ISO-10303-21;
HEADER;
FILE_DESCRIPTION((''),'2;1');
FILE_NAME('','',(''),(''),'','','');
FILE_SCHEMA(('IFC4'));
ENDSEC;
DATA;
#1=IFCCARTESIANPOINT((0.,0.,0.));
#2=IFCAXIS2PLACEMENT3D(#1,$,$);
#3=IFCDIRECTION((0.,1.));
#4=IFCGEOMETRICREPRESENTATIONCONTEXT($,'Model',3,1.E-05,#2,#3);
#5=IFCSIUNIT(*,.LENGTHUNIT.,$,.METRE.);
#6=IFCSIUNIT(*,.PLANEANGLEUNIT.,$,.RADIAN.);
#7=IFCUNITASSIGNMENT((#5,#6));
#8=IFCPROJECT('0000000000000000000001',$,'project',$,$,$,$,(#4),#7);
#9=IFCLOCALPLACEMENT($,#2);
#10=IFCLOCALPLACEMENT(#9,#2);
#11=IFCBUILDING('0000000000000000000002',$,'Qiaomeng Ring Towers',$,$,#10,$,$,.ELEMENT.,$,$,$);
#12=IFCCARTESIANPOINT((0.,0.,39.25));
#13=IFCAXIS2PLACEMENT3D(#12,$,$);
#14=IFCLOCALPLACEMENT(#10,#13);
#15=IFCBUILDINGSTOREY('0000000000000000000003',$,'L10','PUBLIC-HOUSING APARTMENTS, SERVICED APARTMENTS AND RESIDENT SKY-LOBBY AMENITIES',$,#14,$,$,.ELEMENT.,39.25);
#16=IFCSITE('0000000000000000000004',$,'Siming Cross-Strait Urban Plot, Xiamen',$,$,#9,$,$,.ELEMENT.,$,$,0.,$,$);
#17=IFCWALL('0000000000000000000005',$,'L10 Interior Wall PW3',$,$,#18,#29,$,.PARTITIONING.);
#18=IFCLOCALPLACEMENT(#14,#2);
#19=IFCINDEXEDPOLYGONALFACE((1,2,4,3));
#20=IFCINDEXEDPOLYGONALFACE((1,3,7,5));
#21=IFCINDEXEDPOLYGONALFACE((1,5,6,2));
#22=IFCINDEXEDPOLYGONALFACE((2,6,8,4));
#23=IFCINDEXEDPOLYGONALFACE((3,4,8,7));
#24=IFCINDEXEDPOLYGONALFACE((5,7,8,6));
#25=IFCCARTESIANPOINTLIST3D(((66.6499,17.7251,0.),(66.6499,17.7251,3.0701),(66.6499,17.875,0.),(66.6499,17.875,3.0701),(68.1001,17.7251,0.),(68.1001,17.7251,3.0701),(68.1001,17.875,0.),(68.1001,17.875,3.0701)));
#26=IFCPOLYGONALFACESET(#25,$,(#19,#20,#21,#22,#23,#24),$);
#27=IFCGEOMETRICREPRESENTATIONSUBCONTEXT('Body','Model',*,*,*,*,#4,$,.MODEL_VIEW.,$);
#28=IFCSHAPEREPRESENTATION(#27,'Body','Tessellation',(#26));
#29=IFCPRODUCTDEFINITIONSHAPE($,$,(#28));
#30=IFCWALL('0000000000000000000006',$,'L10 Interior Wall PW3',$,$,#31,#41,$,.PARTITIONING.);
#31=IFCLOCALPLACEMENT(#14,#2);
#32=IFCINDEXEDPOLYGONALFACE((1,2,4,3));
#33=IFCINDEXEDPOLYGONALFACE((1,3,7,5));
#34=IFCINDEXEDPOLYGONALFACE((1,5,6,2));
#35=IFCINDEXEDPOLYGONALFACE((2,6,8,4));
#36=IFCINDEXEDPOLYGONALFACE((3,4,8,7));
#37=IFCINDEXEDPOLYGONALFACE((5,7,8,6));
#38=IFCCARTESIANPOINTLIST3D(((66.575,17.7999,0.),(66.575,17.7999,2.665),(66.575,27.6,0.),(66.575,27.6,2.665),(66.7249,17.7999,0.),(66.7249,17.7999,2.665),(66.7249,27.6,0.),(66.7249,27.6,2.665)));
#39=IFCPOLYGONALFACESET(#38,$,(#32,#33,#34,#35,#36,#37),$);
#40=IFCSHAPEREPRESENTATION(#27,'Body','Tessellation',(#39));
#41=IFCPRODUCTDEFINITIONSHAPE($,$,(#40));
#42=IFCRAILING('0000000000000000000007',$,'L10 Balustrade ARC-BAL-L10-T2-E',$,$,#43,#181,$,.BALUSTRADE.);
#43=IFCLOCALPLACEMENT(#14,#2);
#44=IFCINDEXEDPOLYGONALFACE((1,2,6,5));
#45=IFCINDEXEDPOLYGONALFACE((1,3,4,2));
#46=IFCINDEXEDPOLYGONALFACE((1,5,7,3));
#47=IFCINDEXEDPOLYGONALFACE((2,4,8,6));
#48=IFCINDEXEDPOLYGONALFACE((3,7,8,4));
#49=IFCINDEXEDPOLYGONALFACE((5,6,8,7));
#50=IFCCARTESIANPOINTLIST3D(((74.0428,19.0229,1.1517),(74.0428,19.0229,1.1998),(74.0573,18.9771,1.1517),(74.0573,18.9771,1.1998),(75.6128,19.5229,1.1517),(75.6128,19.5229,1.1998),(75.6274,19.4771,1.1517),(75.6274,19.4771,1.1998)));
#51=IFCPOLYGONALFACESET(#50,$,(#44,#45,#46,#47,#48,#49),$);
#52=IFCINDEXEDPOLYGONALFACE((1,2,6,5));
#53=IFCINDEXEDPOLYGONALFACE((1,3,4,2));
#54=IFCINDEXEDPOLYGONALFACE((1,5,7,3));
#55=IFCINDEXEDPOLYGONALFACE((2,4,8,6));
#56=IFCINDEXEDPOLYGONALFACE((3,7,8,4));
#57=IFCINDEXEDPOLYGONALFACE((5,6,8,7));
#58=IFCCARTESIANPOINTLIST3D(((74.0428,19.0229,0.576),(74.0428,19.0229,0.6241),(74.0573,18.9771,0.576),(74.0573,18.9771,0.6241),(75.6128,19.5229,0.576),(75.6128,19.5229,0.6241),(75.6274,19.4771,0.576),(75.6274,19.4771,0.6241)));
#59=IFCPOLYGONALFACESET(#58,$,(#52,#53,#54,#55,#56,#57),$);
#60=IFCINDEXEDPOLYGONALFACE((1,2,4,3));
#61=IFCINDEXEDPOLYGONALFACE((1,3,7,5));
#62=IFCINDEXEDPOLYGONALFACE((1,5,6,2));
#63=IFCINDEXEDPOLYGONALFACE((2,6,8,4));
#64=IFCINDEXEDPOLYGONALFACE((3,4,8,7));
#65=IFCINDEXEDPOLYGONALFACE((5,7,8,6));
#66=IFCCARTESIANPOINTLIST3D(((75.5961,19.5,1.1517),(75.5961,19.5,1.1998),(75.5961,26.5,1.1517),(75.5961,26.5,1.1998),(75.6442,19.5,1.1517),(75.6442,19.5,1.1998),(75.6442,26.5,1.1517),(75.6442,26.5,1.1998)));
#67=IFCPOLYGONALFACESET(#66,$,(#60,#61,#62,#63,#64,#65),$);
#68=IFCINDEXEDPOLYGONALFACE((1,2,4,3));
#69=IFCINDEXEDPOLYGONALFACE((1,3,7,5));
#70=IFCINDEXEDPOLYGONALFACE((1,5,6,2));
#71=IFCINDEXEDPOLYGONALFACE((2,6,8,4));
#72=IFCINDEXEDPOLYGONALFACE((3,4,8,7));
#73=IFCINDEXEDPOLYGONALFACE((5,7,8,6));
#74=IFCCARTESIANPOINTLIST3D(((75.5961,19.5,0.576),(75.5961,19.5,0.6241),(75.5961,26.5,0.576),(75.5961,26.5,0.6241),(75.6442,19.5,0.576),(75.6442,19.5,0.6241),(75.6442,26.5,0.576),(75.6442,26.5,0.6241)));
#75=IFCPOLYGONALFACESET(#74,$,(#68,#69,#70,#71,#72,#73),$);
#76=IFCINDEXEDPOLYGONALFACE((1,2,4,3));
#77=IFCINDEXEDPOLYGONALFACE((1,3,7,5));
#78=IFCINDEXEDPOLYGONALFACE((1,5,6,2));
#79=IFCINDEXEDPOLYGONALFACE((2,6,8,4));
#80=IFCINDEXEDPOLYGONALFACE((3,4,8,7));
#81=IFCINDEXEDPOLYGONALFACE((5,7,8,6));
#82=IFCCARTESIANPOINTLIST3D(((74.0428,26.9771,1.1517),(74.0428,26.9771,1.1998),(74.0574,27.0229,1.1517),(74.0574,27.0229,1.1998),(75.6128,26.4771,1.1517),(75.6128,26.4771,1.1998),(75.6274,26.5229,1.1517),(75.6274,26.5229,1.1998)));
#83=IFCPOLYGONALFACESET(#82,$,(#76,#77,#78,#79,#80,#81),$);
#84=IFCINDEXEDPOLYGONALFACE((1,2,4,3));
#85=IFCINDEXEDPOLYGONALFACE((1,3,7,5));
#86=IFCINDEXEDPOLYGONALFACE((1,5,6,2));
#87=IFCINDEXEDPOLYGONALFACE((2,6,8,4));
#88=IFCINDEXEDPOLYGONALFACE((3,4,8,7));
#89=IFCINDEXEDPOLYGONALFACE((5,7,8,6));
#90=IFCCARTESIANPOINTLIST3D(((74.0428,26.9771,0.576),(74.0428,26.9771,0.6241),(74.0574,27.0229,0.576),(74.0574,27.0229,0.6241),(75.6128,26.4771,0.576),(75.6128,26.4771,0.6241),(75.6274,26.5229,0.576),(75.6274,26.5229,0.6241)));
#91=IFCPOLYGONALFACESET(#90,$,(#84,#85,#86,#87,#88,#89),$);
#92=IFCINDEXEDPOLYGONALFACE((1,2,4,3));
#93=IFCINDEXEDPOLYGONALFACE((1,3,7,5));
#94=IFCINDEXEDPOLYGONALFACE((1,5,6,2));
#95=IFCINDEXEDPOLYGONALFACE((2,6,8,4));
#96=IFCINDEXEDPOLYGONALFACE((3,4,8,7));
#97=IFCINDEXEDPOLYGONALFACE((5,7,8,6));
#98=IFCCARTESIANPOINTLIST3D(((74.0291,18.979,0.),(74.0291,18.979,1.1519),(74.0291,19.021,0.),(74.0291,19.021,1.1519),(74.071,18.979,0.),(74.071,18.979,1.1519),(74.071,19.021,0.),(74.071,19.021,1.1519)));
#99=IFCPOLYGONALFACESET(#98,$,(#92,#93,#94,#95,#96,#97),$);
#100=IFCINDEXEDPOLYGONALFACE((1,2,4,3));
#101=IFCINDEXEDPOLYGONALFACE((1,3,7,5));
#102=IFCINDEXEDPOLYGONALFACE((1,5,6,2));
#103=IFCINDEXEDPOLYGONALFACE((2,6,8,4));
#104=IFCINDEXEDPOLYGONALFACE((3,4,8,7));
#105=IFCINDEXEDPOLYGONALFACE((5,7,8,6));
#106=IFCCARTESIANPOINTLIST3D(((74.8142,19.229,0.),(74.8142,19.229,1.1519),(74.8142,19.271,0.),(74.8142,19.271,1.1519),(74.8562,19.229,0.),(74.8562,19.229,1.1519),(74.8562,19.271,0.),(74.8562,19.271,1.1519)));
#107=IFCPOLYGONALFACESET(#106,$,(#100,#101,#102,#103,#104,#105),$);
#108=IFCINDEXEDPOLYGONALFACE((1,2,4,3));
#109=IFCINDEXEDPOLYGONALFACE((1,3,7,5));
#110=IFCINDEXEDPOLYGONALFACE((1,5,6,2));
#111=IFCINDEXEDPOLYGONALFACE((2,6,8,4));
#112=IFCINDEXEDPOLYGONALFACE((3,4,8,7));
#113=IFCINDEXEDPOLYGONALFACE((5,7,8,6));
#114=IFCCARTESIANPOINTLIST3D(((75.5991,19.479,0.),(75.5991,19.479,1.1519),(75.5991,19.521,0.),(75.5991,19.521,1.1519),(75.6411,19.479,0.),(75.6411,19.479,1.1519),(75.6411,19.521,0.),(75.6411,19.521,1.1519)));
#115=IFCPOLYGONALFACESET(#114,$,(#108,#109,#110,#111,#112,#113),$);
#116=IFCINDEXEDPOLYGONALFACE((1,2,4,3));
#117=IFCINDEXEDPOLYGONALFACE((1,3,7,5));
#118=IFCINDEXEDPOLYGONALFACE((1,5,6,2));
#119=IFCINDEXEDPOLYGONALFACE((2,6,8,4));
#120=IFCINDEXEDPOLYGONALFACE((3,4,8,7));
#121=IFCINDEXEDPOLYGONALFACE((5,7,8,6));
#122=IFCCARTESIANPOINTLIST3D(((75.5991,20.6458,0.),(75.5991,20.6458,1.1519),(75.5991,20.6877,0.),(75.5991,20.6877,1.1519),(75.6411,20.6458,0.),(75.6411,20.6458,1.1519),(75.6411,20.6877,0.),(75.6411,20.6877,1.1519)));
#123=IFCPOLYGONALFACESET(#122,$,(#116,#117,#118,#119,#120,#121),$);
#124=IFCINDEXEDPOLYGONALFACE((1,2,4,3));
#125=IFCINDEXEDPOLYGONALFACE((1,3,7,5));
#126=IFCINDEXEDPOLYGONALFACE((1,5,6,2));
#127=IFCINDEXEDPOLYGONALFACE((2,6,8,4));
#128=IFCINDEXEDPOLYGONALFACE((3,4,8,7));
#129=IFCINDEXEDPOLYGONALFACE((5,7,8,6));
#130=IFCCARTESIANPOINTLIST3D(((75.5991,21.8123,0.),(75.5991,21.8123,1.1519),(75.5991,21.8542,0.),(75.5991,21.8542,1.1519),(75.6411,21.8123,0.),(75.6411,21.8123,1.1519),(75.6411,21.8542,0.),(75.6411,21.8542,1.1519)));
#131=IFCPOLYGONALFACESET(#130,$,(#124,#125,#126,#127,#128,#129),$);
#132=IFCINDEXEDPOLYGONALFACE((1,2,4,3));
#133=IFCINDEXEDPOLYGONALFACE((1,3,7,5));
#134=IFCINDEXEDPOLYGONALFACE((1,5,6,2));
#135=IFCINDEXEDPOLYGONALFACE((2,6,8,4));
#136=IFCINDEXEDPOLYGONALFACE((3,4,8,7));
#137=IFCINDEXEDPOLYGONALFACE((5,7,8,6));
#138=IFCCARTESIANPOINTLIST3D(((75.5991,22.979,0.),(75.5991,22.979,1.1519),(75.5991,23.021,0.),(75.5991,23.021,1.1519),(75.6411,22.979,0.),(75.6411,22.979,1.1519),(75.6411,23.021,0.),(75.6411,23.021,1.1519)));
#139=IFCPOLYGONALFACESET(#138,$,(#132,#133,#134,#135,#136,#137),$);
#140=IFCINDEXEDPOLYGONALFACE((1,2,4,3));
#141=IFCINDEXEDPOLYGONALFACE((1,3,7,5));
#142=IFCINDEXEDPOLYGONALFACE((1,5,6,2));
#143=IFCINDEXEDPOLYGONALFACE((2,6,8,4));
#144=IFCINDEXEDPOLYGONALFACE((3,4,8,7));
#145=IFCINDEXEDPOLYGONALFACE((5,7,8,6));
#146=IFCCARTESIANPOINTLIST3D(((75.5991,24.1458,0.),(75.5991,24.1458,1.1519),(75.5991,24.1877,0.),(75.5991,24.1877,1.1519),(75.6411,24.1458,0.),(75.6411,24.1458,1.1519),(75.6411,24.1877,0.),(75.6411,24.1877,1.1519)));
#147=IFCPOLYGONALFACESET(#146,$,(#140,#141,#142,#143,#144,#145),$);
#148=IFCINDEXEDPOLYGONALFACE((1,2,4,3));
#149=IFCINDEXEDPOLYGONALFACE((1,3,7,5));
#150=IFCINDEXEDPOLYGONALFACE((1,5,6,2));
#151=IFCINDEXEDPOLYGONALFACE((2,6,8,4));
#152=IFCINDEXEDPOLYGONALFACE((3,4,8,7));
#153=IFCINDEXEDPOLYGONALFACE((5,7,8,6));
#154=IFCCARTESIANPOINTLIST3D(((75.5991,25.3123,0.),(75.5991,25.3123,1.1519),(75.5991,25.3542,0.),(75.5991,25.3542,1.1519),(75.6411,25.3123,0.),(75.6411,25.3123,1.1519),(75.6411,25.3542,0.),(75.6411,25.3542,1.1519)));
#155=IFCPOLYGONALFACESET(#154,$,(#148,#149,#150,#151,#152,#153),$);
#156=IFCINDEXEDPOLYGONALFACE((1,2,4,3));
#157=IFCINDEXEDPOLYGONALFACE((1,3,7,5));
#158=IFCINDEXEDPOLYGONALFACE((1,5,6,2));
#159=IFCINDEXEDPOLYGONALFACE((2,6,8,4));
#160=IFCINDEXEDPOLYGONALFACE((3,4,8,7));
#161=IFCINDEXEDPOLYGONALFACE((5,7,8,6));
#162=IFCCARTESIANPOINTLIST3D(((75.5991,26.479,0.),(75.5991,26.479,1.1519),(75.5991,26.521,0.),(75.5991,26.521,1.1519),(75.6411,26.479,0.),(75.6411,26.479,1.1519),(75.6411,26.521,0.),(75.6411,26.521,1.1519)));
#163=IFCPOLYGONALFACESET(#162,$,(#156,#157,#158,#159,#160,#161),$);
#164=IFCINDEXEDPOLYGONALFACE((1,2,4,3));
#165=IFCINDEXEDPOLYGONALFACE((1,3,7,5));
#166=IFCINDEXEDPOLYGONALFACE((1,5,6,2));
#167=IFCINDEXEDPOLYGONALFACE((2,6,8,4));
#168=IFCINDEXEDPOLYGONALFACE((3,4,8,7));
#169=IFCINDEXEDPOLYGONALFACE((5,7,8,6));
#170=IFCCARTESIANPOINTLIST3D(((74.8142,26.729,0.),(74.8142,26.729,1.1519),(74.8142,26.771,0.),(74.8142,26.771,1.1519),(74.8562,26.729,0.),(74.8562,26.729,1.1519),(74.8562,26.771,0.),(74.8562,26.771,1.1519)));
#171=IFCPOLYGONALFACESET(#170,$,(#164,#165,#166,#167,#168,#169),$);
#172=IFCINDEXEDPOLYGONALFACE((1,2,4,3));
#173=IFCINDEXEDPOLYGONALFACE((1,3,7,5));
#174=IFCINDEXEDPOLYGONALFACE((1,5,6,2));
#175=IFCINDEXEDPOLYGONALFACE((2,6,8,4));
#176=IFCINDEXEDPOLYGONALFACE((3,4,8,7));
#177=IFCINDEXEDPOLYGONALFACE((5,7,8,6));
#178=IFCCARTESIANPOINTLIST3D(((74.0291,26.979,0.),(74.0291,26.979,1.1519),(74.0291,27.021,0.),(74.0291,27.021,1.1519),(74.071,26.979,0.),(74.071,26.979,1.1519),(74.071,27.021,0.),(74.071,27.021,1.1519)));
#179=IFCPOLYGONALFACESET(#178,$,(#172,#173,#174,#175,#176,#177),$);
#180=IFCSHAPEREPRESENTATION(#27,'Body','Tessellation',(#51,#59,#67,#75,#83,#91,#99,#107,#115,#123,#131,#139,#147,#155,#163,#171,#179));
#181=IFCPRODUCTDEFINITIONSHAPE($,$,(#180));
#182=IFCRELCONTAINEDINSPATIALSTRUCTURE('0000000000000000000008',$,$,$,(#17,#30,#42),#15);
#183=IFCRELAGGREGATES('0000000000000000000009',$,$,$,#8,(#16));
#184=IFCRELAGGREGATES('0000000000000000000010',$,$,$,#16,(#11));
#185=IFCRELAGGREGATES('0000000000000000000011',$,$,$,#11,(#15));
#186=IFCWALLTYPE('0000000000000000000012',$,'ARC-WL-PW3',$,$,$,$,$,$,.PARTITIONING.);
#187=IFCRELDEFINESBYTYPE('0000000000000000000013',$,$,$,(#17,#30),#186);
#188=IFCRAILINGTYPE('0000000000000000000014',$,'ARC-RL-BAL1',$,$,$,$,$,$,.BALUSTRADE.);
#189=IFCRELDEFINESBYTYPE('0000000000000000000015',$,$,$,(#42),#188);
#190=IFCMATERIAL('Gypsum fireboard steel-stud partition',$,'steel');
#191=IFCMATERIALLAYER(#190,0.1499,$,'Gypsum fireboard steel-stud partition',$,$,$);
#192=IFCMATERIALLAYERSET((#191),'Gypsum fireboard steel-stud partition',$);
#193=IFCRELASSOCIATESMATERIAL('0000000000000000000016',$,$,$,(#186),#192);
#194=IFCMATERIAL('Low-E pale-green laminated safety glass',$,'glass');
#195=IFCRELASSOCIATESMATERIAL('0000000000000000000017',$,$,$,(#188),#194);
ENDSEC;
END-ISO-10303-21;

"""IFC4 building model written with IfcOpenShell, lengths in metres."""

from ifc_helpers import new_model, si_unit, direction, frame, frame_2d, origin, origin_2d, place, context, subcontext, project, spatial, rectangle, extrude, material, layer, layer_set, type_object, element, save


model = new_model("IFC4")

# Units and contexts
model_context = context("Model", 3, precision=1e-05, world=origin(), true_north=direction((0.0, 1.0)))
body_context = subcontext(model_context, "Body", "Model", "MODEL_VIEW")
ifc_project = project(units=[si_unit("LENGTHUNIT", "METRE"), si_unit("PLANEANGLEUNIT", "RADIAN")], contexts=[model_context])

# Site, building, storey
site_placement = place(None, origin())
site = spatial("IfcSite", under=ifc_project, at=site_placement, Name="Siming Cross-Strait Urban Plot, Xiamen", CompositionType="ELEMENT", RefElevation=0.0)
building_placement = place(site_placement, origin())
building = spatial("IfcBuilding", under=site, at=building_placement, Name="Qiaomeng Ring Towers", CompositionType="ELEMENT")
storey_placement = place(building_placement, frame((0.0, 0.0, 39.25)))
storey = spatial("IfcBuildingStorey", under=building, at=storey_placement, Name="L10", Description="PUBLIC-HOUSING APARTMENTS, SERVICED APARTMENTS AND RESIDENT SKY-LOBBY AMENITIES", CompositionType="ELEMENT", Elevation=39.25)

# Shared definitions
ifc_material_1 = material(Name="Gypsum fireboard steel-stud partition", Category="steel")
ifc_layer_1 = layer(ifc_material_1, 0.1499, Name="Gypsum fireboard steel-stud partition")
ifc_layer_set_1 = layer_set([ifc_layer_1], Name="Gypsum fireboard steel-stud partition")
wall_type_1 = type_object("IfcWallType", Name="ARC-WL-PW3", PredefinedType="PARTITIONING", material=ifc_layer_set_1)

# Walls
wall_1_placement = place(storey_placement, frame((66.6499, 17.8, 0.0), z_axis=(0.0, 0.0, 1.0), x_axis=(1.0, 0.0, 0.0)))
element("IfcWall", 1, at=wall_1_placement, inside=storey, type_object=wall_type_1, Name="L10 Interior Wall PW3", PredefinedType="PARTITIONING", context=body_context, shape_type="SweptSolid", body=[
    extrude(rectangle(XDim=1.4502, YDim=0.1499, at=frame_2d((0.7251, 0.0))), origin(), (0.0, 0.0, 1.0), 3.0701),
])
wall_2_placement = place(storey_placement, frame((66.6499, 17.8, 0.0), z_axis=(0.0, 0.0, 1.0), x_axis=(0.0, 1.0, 0.0)))
element("IfcWall", 2, at=wall_2_placement, inside=storey, type_object=wall_type_1, Name="L10 Interior Wall PW3", PredefinedType="PARTITIONING", context=body_context, shape_type="SweptSolid", body=[
    extrude(rectangle(XDim=9.8, YDim=0.1499, at=frame_2d((4.8999, 0.0))), origin(), (0.0, 0.0, 1.0), 2.665),
])

# Railing
ifc_material_2 = material(Name="Low-E pale-green laminated safety glass", Category="glass")
railing_type = type_object("IfcRailingType", Name="ARC-RL-BAL1", PredefinedType="BALUSTRADE", material=ifc_material_2)
railing_placement = place(storey_placement, frame((74.05, 19.0, 0.0)))
element("IfcRailing", 3, at=railing_placement, inside=storey, type_object=railing_type, Name="L10 Balustrade ARC-BAL-L10-T2-E", PredefinedType="BALUSTRADE", context=body_context, shape_type="SweptSolid", body=[
    extrude(rectangle(XDim=0.0481, YDim=0.0481, at=origin_2d()), frame((0.0, 0.0, 1.1758), z_axis=(0.95285, 0.303442, 0.0), x_axis=(-0.303442, 0.95285, 0.0)), (0.0, 0.0, 1.0), 1.6477),
    extrude(rectangle(XDim=0.0481, YDim=0.0481, at=origin_2d()), frame((0.0, 0.0, 0.6001), z_axis=(0.95285, 0.303442, 0.0), x_axis=(-0.303442, 0.95285, 0.0)), (0.0, 0.0, 1.0), 1.6477),
    extrude(rectangle(XDim=0.0481, YDim=0.0481, at=origin_2d()), frame((1.5701, 0.5, 1.1758), z_axis=(0.0, 1.0, 0.0), x_axis=(-1.0, 0.0, 0.0)), (0.0, 0.0, 1.0), 7.0),
    extrude(rectangle(XDim=0.0481, YDim=0.0481, at=origin_2d()), frame((1.5701, 0.5, 0.6001), z_axis=(0.0, 1.0, 0.0), x_axis=(-1.0, 0.0, 0.0)), (0.0, 0.0, 1.0), 7.0),
    extrude(rectangle(XDim=0.0481, YDim=0.0481, at=origin_2d()), frame((1.5701, 7.5, 1.1758), z_axis=(-0.95285, 0.303442, 0.0), x_axis=(-0.303442, -0.95285, 0.0)), (0.0, 0.0, 1.0), 1.6477),
    extrude(rectangle(XDim=0.0481, YDim=0.0481, at=origin_2d()), frame((1.5701, 7.5, 0.6001), z_axis=(-0.95285, 0.303442, 0.0), x_axis=(-0.303442, -0.95285, 0.0)), (0.0, 0.0, 1.0), 1.6477),
    extrude(rectangle(XDim=0.042, YDim=0.042, at=origin_2d()), origin(), (0.0, 0.0, 1.0), 1.1519),
    extrude(rectangle(XDim=0.042, YDim=0.042, at=origin_2d()), frame((0.7852, 0.25, 0.0)), (0.0, 0.0, 1.0), 1.1519),
    extrude(rectangle(XDim=0.042, YDim=0.042, at=origin_2d()), frame((1.5701, 0.5, 0.0)), (0.0, 0.0, 1.0), 1.1519),
    extrude(rectangle(XDim=0.042, YDim=0.042, at=origin_2d()), frame((1.5701, 1.6667, 0.0)), (0.0, 0.0, 1.0), 1.1519),
    extrude(rectangle(XDim=0.042, YDim=0.042, at=origin_2d()), frame((1.5701, 2.8333, 0.0)), (0.0, 0.0, 1.0), 1.1519),
    extrude(rectangle(XDim=0.042, YDim=0.042, at=origin_2d()), frame((1.5701, 4.0, 0.0)), (0.0, 0.0, 1.0), 1.1519),
    extrude(rectangle(XDim=0.042, YDim=0.042, at=origin_2d()), frame((1.5701, 5.1667, 0.0)), (0.0, 0.0, 1.0), 1.1519),
    extrude(rectangle(XDim=0.042, YDim=0.042, at=origin_2d()), frame((1.5701, 6.3333, 0.0)), (0.0, 0.0, 1.0), 1.1519),
    extrude(rectangle(XDim=0.042, YDim=0.042, at=origin_2d()), frame((1.5701, 7.5, 0.0)), (0.0, 0.0, 1.0), 1.1519),
    extrude(rectangle(XDim=0.042, YDim=0.042, at=origin_2d()), frame((0.7852, 7.75, 0.0)), (0.0, 0.0, 1.0), 1.1519),
    extrude(rectangle(XDim=0.042, YDim=0.042, at=origin_2d()), frame((0.0, 8.0, 0.0)), (0.0, 0.0, 1.0), 1.1519),
])

save(model, "model.ifc")
